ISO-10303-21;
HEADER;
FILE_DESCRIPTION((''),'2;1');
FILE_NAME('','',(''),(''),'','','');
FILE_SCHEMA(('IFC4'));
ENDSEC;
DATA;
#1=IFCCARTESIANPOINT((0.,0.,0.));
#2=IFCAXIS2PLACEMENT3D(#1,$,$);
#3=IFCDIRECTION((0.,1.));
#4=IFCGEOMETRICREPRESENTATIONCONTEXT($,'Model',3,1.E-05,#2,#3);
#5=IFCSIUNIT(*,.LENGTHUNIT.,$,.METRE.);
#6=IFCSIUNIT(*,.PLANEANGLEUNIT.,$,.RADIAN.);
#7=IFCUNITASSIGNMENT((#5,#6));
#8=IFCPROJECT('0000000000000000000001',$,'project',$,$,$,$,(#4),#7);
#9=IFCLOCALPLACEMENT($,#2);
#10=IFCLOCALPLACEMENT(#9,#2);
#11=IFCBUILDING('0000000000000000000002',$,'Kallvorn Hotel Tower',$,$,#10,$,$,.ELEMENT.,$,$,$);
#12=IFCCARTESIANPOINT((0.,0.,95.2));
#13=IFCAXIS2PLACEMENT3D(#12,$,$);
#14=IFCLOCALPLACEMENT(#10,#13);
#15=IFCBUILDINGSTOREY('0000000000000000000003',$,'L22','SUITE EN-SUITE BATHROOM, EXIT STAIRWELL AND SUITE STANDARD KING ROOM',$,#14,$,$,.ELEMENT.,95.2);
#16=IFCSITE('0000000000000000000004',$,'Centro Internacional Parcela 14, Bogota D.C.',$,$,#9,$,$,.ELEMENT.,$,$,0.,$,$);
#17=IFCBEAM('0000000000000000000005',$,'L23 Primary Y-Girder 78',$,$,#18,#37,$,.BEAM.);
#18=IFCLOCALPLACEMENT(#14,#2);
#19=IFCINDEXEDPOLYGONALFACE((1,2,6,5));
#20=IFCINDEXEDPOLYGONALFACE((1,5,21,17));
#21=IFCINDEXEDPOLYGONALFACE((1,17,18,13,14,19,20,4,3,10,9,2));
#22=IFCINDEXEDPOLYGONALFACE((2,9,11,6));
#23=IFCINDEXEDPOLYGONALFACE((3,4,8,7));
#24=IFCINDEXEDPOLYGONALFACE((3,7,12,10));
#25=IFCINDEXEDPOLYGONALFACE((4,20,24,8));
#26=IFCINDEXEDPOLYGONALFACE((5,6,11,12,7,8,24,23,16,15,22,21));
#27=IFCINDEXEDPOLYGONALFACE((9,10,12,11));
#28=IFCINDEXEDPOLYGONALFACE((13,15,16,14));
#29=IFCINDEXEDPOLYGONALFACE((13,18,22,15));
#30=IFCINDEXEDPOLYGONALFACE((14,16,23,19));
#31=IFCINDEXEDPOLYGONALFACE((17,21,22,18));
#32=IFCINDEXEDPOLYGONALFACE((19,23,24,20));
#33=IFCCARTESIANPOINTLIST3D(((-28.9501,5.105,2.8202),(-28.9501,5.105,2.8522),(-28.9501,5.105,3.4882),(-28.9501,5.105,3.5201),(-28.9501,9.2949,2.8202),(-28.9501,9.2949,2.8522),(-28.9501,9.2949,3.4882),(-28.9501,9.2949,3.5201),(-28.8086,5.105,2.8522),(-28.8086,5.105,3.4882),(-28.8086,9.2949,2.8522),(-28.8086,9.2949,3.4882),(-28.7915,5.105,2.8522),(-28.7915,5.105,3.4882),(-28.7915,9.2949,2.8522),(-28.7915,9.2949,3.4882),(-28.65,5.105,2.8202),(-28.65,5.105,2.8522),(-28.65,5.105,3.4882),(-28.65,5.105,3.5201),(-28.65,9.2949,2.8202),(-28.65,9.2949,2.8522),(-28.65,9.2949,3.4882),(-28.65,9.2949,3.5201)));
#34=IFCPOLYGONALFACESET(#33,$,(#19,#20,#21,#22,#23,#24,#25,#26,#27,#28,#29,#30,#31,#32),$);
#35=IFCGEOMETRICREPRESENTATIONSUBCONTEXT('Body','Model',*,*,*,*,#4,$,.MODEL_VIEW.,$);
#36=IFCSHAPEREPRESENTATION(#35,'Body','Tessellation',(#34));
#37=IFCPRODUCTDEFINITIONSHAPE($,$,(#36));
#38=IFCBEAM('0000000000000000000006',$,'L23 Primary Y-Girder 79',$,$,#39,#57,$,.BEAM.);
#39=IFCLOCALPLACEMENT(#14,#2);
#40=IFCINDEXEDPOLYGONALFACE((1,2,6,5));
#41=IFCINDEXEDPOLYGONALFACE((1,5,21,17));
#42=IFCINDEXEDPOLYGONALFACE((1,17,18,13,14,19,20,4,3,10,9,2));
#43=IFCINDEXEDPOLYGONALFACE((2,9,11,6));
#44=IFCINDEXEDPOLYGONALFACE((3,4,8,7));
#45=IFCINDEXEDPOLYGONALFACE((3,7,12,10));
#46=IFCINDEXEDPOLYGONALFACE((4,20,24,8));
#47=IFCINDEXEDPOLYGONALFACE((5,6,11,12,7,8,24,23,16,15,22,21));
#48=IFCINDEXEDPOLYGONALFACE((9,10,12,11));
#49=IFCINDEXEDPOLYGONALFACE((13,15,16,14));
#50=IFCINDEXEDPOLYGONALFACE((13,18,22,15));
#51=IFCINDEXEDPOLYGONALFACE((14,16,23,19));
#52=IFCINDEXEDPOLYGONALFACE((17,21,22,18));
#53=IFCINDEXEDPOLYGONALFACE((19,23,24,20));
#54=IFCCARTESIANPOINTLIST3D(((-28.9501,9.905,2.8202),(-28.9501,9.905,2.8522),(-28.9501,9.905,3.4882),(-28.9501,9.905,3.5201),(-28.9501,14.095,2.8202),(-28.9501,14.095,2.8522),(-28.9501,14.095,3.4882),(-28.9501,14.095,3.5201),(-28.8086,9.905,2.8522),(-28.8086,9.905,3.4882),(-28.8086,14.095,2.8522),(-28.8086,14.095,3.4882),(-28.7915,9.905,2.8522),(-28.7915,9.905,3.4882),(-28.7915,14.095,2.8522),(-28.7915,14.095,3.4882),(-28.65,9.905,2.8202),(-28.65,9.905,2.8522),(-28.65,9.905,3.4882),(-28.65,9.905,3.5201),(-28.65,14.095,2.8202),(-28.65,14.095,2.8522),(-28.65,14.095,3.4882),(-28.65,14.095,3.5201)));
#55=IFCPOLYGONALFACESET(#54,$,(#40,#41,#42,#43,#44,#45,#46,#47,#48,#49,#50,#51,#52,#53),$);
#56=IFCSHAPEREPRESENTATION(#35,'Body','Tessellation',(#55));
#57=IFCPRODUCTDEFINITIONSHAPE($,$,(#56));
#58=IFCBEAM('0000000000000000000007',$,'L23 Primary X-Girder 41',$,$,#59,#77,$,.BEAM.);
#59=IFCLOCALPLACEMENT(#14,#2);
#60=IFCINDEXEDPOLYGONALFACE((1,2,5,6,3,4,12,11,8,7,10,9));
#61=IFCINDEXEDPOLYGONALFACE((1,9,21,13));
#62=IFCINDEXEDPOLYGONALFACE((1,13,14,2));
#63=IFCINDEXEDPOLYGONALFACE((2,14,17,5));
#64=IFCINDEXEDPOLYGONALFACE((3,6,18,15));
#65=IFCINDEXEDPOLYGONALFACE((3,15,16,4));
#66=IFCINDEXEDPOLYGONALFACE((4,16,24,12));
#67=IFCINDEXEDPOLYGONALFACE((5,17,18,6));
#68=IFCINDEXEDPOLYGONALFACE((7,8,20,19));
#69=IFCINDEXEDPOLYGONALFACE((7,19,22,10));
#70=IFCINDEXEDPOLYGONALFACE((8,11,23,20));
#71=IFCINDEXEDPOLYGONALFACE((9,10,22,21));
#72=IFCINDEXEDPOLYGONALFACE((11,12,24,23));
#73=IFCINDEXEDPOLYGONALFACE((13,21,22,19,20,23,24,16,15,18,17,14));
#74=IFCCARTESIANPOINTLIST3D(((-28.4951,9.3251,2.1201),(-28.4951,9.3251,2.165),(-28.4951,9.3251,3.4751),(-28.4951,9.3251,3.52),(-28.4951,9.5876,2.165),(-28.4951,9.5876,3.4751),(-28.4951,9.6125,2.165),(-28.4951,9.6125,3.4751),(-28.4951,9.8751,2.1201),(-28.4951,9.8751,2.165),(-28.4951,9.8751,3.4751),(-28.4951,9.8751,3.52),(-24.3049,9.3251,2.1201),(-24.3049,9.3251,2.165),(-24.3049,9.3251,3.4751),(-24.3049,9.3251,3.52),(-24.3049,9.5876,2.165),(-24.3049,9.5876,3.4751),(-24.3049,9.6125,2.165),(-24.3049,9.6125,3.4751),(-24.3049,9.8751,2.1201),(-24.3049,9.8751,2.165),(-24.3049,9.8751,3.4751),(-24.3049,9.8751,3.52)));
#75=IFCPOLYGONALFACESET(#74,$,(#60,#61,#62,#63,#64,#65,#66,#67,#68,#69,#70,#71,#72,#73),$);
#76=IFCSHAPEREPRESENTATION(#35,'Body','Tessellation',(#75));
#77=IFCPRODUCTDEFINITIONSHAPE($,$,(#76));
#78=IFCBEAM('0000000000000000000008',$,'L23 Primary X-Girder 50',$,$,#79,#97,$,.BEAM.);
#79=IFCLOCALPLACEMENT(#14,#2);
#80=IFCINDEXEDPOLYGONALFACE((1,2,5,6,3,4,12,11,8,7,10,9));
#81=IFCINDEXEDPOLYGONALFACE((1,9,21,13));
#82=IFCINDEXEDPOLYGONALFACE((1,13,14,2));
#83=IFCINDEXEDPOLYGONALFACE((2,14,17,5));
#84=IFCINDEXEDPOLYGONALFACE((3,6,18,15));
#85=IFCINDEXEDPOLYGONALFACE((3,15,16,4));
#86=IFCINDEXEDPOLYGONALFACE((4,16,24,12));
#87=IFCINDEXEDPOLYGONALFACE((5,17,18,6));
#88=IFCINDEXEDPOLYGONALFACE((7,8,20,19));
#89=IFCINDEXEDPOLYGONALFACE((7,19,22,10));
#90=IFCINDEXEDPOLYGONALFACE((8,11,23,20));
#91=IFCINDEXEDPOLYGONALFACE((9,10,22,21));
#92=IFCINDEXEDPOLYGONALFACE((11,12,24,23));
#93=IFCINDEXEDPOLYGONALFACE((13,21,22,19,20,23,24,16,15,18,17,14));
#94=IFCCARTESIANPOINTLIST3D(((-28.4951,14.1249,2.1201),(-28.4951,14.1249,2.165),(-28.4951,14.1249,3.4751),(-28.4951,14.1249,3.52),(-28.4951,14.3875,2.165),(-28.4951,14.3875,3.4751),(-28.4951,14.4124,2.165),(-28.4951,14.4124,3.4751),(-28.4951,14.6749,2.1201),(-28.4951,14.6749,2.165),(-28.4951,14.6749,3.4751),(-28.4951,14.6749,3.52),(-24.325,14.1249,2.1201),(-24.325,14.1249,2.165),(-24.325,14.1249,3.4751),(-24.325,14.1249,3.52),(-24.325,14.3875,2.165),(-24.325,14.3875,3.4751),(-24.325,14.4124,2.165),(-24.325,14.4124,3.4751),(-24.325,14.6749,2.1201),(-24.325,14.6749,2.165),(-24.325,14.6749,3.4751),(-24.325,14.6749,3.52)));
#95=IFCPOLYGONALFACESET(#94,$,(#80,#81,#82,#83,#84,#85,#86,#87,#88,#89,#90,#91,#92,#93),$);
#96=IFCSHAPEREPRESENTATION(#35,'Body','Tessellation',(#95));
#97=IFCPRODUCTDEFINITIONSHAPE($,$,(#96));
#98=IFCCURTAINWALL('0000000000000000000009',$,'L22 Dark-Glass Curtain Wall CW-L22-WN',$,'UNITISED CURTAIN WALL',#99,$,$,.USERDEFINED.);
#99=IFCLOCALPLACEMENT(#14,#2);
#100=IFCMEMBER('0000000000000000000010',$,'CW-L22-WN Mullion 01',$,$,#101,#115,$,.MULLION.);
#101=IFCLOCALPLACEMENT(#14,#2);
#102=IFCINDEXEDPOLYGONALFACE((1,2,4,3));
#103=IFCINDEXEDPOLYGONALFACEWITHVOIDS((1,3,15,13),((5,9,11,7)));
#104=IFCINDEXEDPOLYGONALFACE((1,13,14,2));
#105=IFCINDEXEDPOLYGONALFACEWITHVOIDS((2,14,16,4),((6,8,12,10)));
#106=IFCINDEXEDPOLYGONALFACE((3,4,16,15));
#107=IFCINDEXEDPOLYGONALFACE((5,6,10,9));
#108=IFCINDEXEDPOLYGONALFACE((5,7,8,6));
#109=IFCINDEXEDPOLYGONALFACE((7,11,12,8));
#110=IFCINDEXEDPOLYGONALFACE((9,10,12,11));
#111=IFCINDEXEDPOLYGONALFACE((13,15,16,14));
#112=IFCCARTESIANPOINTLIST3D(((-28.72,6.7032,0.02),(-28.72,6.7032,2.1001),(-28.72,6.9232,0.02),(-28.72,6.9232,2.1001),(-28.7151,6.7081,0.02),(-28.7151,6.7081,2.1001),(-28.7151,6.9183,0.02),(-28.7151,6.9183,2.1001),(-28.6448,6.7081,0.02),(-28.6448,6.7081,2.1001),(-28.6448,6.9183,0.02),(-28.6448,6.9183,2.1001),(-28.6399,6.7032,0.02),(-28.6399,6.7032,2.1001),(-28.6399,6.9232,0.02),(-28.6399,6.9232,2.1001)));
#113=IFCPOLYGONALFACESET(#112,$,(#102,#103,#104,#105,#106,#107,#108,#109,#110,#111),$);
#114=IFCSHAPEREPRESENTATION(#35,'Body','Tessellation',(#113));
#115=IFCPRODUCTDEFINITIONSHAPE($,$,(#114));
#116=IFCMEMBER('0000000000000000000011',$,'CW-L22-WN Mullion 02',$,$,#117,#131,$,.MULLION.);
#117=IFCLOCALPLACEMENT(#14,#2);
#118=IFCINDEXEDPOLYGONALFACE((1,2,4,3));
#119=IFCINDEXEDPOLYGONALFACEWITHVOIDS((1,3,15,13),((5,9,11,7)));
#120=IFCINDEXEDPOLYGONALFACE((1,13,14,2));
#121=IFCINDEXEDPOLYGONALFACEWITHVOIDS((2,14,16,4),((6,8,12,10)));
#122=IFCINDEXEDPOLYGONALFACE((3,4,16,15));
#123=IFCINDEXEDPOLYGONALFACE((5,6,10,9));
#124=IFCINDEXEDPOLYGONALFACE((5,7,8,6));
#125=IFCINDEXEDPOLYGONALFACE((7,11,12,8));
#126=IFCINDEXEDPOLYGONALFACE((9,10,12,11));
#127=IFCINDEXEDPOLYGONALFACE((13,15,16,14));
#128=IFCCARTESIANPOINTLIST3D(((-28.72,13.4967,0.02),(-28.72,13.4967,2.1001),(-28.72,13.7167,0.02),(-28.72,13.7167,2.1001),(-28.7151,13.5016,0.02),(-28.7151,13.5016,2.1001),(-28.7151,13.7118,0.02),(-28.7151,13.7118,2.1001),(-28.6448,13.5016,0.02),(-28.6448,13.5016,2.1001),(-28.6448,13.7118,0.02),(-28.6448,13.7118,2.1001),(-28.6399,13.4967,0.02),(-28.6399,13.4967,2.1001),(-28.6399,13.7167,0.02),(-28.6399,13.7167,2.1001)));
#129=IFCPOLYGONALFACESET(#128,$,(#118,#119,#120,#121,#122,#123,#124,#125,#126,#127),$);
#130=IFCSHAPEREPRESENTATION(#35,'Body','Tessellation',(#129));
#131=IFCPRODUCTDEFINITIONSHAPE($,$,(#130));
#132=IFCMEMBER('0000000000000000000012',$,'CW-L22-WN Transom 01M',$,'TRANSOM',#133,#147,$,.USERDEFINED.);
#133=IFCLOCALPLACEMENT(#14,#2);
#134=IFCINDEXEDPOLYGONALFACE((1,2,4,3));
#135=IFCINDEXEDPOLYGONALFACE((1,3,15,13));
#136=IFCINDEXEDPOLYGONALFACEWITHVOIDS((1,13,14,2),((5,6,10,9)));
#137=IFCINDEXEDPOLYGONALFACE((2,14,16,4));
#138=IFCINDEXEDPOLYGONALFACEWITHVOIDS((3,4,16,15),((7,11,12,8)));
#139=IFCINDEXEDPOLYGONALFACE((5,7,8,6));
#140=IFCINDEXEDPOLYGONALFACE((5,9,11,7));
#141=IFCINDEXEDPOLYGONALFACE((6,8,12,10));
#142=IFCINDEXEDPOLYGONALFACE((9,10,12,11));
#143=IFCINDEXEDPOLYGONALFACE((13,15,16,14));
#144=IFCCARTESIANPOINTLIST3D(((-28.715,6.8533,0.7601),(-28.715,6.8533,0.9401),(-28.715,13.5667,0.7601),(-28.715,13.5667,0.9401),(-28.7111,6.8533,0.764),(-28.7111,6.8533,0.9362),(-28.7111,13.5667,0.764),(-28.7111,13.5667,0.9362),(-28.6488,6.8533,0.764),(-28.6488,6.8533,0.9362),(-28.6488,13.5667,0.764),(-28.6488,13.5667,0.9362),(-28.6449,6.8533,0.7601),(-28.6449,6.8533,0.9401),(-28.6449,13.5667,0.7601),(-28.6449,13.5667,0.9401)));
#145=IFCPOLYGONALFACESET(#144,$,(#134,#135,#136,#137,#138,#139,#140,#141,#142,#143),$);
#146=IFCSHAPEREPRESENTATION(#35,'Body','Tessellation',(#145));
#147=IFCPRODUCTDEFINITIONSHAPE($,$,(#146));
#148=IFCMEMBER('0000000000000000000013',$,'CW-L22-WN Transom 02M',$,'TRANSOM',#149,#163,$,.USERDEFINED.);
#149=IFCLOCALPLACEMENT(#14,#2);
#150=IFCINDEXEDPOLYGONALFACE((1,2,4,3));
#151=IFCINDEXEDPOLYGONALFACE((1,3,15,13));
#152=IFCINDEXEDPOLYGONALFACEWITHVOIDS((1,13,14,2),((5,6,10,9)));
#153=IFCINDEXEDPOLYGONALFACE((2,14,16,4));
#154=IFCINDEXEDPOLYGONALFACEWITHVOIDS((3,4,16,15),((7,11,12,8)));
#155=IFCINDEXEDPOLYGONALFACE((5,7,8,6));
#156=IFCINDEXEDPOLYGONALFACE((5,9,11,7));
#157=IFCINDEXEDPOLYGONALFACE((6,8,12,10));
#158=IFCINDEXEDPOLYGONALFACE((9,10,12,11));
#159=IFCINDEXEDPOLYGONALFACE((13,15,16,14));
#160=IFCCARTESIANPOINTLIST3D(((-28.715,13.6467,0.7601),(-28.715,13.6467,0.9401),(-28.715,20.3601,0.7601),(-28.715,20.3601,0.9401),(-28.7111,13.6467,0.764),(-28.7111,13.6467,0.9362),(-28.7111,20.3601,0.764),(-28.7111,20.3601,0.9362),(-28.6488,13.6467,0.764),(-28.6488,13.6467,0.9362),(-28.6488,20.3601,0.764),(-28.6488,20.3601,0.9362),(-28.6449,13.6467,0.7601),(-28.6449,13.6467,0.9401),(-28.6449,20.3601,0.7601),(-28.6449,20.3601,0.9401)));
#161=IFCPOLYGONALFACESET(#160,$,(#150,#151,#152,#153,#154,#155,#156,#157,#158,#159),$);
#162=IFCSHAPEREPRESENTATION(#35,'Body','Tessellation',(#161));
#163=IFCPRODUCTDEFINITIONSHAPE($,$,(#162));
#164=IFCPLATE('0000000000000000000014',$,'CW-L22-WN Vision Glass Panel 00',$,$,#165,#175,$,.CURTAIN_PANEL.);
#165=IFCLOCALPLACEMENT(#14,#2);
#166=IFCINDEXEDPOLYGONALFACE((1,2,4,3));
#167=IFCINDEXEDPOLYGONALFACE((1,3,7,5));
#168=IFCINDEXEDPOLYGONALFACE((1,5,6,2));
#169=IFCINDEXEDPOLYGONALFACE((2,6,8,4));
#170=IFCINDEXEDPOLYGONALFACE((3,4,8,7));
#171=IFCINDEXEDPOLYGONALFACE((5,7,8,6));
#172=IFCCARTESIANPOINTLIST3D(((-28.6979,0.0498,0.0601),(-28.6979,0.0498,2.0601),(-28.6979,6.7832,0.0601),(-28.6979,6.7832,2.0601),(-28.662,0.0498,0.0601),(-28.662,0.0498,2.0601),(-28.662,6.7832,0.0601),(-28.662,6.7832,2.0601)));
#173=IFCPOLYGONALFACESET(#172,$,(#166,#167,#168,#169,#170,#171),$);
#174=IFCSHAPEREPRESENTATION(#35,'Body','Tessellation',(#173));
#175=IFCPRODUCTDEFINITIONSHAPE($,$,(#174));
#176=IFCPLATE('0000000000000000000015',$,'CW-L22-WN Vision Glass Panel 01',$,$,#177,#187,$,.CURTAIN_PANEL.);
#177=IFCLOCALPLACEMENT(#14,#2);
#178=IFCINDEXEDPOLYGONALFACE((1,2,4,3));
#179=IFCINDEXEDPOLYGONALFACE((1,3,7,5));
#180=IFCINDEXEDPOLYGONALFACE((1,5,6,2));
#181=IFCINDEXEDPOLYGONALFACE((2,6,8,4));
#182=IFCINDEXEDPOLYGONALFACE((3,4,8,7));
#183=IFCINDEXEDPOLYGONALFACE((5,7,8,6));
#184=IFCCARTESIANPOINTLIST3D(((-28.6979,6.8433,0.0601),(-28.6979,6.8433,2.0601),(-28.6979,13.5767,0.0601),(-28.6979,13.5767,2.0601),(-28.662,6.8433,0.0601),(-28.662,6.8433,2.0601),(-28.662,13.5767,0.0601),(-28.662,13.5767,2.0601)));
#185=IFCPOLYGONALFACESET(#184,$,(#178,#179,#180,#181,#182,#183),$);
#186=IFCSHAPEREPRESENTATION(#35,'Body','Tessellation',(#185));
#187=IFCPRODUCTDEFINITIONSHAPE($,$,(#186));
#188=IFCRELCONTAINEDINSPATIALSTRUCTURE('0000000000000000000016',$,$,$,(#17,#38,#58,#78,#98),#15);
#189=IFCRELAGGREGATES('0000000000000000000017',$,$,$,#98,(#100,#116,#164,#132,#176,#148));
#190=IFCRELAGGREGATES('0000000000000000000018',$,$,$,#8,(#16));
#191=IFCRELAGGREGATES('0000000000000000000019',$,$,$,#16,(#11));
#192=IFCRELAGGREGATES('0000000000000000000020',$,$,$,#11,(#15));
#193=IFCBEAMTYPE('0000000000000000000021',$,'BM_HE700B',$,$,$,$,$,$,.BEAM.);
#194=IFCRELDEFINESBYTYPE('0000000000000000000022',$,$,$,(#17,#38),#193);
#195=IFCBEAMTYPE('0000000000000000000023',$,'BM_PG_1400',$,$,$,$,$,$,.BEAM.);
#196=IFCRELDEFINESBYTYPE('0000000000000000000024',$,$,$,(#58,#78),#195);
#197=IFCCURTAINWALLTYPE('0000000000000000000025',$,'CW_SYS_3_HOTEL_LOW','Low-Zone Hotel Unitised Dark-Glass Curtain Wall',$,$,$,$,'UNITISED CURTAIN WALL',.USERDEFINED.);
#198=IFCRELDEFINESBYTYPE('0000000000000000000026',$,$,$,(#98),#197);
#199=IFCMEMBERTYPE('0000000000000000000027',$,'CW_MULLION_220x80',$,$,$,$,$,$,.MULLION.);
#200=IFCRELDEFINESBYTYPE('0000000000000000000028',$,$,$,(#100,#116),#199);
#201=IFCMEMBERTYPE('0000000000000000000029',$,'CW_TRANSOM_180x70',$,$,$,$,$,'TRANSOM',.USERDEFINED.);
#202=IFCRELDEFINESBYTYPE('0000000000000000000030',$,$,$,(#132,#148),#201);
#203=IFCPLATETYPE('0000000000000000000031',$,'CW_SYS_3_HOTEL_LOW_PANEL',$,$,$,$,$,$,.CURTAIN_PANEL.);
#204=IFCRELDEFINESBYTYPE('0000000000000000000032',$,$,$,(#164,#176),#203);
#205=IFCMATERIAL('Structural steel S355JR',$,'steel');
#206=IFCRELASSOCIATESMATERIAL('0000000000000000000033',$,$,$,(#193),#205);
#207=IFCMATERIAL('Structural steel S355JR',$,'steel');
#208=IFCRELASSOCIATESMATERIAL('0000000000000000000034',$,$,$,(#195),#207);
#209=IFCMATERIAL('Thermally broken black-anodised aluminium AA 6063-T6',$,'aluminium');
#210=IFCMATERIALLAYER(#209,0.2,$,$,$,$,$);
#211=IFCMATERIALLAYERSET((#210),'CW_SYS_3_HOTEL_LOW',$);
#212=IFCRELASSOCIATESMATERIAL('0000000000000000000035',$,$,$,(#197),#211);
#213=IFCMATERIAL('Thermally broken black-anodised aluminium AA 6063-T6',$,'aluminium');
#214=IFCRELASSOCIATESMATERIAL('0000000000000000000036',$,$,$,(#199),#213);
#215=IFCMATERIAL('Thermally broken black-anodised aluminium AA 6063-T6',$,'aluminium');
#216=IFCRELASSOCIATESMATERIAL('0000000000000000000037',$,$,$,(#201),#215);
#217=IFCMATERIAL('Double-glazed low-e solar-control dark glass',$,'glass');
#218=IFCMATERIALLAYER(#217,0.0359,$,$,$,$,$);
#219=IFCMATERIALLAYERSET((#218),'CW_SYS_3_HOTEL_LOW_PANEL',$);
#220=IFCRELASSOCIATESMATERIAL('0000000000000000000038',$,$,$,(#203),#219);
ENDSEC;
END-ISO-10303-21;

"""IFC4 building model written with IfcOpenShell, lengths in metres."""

from ifc_helpers import new_model, si_unit, direction, frame, origin, origin_2d, place, context, subcontext, project, spatial, rectangle, hollow_rectangle, i_section, extrude, material, layer, layer_set, material_profile, profile_set, type_object, element, aggregate, save


model = new_model("IFC4")

# Units and contexts
model_context = context("Model", 3, precision=1e-05, world=origin(), true_north=direction((0.0, 1.0)))
body_context = subcontext(model_context, "Body", "Model", "MODEL_VIEW")
ifc_project = project(units=[si_unit("LENGTHUNIT", "METRE"), si_unit("PLANEANGLEUNIT", "RADIAN")], contexts=[model_context])

# Site, building, storey
site_placement = place(None, origin())
site = spatial("IfcSite", under=ifc_project, at=site_placement, Name="Centro Internacional Parcela 14, Bogota D.C.", CompositionType="ELEMENT", RefElevation=0.0)
building_placement = place(site_placement, origin())
building = spatial("IfcBuilding", under=site, at=building_placement, Name="Kallvorn Hotel Tower", CompositionType="ELEMENT")
storey_placement = place(building_placement, frame((0.0, 0.0, 95.2)))
storey = spatial("IfcBuildingStorey", under=building, at=storey_placement, Name="L22", Description="SUITE EN-SUITE BATHROOM, EXIT STAIRWELL AND SUITE STANDARD KING ROOM", CompositionType="ELEMENT", Elevation=95.2)

# Beams
ifc_material_1 = material(Name="Structural steel S355JR", Category="steel")
ifc_material_profile_1 = material_profile(ifc_material_1, i_section(OverallWidth=0.3, OverallDepth=0.7, WebThickness=0.0171, FlangeThickness=0.032, at=origin_2d()), Name="HE 700 B")
ifc_profile_set_1 = profile_set([ifc_material_profile_1], Name="Structural steel S355JR")
beam_type_1 = type_object("IfcBeamType", Name="BM_HE700B", PredefinedType="BEAM", material=ifc_profile_set_1)
for number, where, z_axis, x_axis, name in (
    (1, (-28.8, 5.105, 3.1702), (0.0, 1.0, 0.0), (-1.0, 0.0, 0.0), "L23 Primary Y-Girder 78"),
    (2, (-28.8, 9.905, 3.1702), (0.0, 1.0, 0.0), (-1.0, 0.0, 0.0), "L23 Primary Y-Girder 79"),
):
    element("IfcBeam", number, at=place(storey_placement, frame(where, z_axis=z_axis, x_axis=x_axis)), inside=storey, type_object=beam_type_1, Name=name, PredefinedType="BEAM", context=body_context, shape_type="SweptSolid", body=[
        extrude(i_section(OverallWidth=0.3, OverallDepth=0.7, WebThickness=0.0171, FlangeThickness=0.032, at=origin_2d()), origin(), (0.0, 0.0, 1.0), 4.1899),
    ])
ifc_material_2 = material(Name="Structural steel S355JR", Category="steel")
ifc_material_profile_2 = material_profile(ifc_material_2, i_section(OverallWidth=0.55, OverallDepth=1.3999, WebThickness=0.0249, FlangeThickness=0.0449, at=origin_2d()), Name="PG 1400x550x25x45")
ifc_profile_set_2 = profile_set([ifc_material_profile_2], Name="Structural steel S355JR")
beam_type_2 = type_object("IfcBeamType", Name="BM_PG_1400", PredefinedType="BEAM", material=ifc_profile_set_2)
beam_1_placement = place(storey_placement, frame((-28.4951, 9.6001, 2.8201), z_axis=(1.0, 0.0, 0.0), x_axis=(0.0, 1.0, 0.0)))
element("IfcBeam", 3, at=beam_1_placement, inside=storey, type_object=beam_type_2, Name="L23 Primary X-Girder 41", PredefinedType="BEAM", context=body_context, shape_type="SweptSolid", body=[
    extrude(i_section(OverallWidth=0.55, OverallDepth=1.3999, WebThickness=0.0249, FlangeThickness=0.0449, at=origin_2d()), origin(), (0.0, 0.0, 1.0), 4.1902),
])
beam_2_placement = place(storey_placement, frame((-28.4951, 14.3999, 2.8201), z_axis=(1.0, 0.0, 0.0), x_axis=(0.0, 1.0, 0.0)))
element("IfcBeam", 4, at=beam_2_placement, inside=storey, type_object=beam_type_2, Name="L23 Primary X-Girder 50", PredefinedType="BEAM", context=body_context, shape_type="SweptSolid", body=[
    extrude(i_section(OverallWidth=0.55, OverallDepth=1.3999, WebThickness=0.0249, FlangeThickness=0.0449, at=origin_2d()), origin(), (0.0, 0.0, 1.0), 4.1702),
])

# Curtain wall, members, plates
ifc_material_3 = material(Name="Thermally broken black-anodised aluminium AA 6063-T6", Category="aluminium")
ifc_layer_1 = layer(ifc_material_3, 0.2)
ifc_layer_set_1 = layer_set([ifc_layer_1], Name="CW_SYS_3_HOTEL_LOW")
curtain_wall_type = type_object("IfcCurtainWallType", Name="CW_SYS_3_HOTEL_LOW", Description="Low-Zone Hotel Unitised Dark-Glass Curtain Wall", ElementType="UNITISED CURTAIN WALL", PredefinedType="USERDEFINED", material=ifc_layer_set_1)
curtain_wall_placement = place(storey_placement, origin())
curtain_wall = element("IfcCurtainWall", 5, at=curtain_wall_placement, inside=storey, type_object=curtain_wall_type, Name="L22 Dark-Glass Curtain Wall CW-L22-WN", ObjectType="UNITISED CURTAIN WALL", PredefinedType="USERDEFINED")
ifc_material_4 = material(Name="Thermally broken black-anodised aluminium AA 6063-T6", Category="aluminium")
ifc_material_profile_3 = material_profile(ifc_material_4, hollow_rectangle(XDim=0.0801, YDim=0.22, WallThickness=0.0049, at=origin_2d()), Name="MUL 220x80")
ifc_profile_set_3 = profile_set([ifc_material_profile_3], Name="Thermally broken black-anodised aluminium AA 6063-T6")
member_type_1 = type_object("IfcMemberType", Name="CW_MULLION_220x80", PredefinedType="MULLION", material=ifc_profile_set_3)
member_1_placement = place(storey_placement, frame((-28.6799, 6.8132, 0.02), z_axis=(0.0, 0.0, 1.0), x_axis=(1.0, 0.0, 0.0)))
member_1 = element("IfcMember", 6, at=member_1_placement, type_object=member_type_1, Name="CW-L22-WN Mullion 01", PredefinedType="MULLION", context=body_context, shape_type="SweptSolid", body=[
    extrude(hollow_rectangle(XDim=0.0801, YDim=0.22, WallThickness=0.0049, at=origin_2d()), origin(), (0.0, 0.0, 1.0), 2.0801),
])
member_2_placement = place(storey_placement, frame((-28.6799, 13.6067, 0.02), z_axis=(0.0, 0.0, 1.0), x_axis=(1.0, 0.0, 0.0)))
member_2 = element("IfcMember", 7, at=member_2_placement, type_object=member_type_1, Name="CW-L22-WN Mullion 02", PredefinedType="MULLION", context=body_context, shape_type="SweptSolid", body=[
    extrude(hollow_rectangle(XDim=0.0801, YDim=0.22, WallThickness=0.0049, at=origin_2d()), origin(), (0.0, 0.0, 1.0), 2.0801),
])
ifc_material_5 = material(Name="Thermally broken black-anodised aluminium AA 6063-T6", Category="aluminium")
ifc_material_profile_4 = material_profile(ifc_material_5, hollow_rectangle(XDim=0.0701, YDim=0.1799, WallThickness=0.0039, at=origin_2d()), Name="TRN 180x70")
ifc_profile_set_4 = profile_set([ifc_material_profile_4], Name="Thermally broken black-anodised aluminium AA 6063-T6")
member_type_2 = type_object("IfcMemberType", Name="CW_TRANSOM_180x70", ElementType="TRANSOM", PredefinedType="USERDEFINED", material=ifc_profile_set_4)
member_3_placement = place(storey_placement, frame((-28.6799, 6.8533, 0.8501), z_axis=(0.0, 1.0, 0.0), x_axis=(-1.0, 0.0, 0.0)))
member_3 = element("IfcMember", 8, at=member_3_placement, type_object=member_type_2, Name="CW-L22-WN Transom 01M", ObjectType="TRANSOM", PredefinedType="USERDEFINED", context=body_context, shape_type="SweptSolid", body=[
    extrude(hollow_rectangle(XDim=0.0701, YDim=0.1799, WallThickness=0.0039, at=origin_2d()), origin(), (0.0, 0.0, 1.0), 6.7134),
])
member_4_placement = place(storey_placement, frame((-28.6799, 13.6467, 0.8501), z_axis=(0.0, 1.0, 0.0), x_axis=(-1.0, 0.0, 0.0)))
member_4 = element("IfcMember", 9, at=member_4_placement, type_object=member_type_2, Name="CW-L22-WN Transom 02M", ObjectType="TRANSOM", PredefinedType="USERDEFINED", context=body_context, shape_type="SweptSolid", body=[
    extrude(hollow_rectangle(XDim=0.0701, YDim=0.1799, WallThickness=0.0039, at=origin_2d()), origin(), (0.0, 0.0, 1.0), 6.7134),
])
ifc_material_6 = material(Name="Double-glazed low-e solar-control dark glass", Category="glass")
ifc_layer_2 = layer(ifc_material_6, 0.0359)
ifc_layer_set_2 = layer_set([ifc_layer_2], Name="CW_SYS_3_HOTEL_LOW_PANEL")
plate_type = type_object("IfcPlateType", Name="CW_SYS_3_HOTEL_LOW_PANEL", PredefinedType="CURTAIN_PANEL", material=ifc_layer_set_2)
plate_1_placement = place(storey_placement, frame((-28.6799, 3.4165, 0.0601), z_axis=(0.0, 0.0, 1.0), x_axis=(0.0, 1.0, 0.0)))
plate_1 = element("IfcPlate", 10, at=plate_1_placement, type_object=plate_type, Name="CW-L22-WN Vision Glass Panel 00", PredefinedType="CURTAIN_PANEL", context=body_context, shape_type="SweptSolid", body=[
    extrude(rectangle(XDim=6.7334, YDim=0.0359, at=origin_2d()), origin(), (0.0, 0.0, 1.0), 2.0),
])
plate_2_placement = place(storey_placement, frame((-28.6799, 10.21, 0.0601), z_axis=(0.0, 0.0, 1.0), x_axis=(0.0, 1.0, 0.0)))
plate_2 = element("IfcPlate", 11, at=plate_2_placement, type_object=plate_type, Name="CW-L22-WN Vision Glass Panel 01", PredefinedType="CURTAIN_PANEL", context=body_context, shape_type="SweptSolid", body=[
    extrude(rectangle(XDim=6.7334, YDim=0.0359, at=origin_2d()), origin(), (0.0, 0.0, 1.0), 2.0),
])
aggregate(curtain_wall, [member_1, member_2, plate_1, member_3, plate_2, member_4])

save(model, "model.ifc")
